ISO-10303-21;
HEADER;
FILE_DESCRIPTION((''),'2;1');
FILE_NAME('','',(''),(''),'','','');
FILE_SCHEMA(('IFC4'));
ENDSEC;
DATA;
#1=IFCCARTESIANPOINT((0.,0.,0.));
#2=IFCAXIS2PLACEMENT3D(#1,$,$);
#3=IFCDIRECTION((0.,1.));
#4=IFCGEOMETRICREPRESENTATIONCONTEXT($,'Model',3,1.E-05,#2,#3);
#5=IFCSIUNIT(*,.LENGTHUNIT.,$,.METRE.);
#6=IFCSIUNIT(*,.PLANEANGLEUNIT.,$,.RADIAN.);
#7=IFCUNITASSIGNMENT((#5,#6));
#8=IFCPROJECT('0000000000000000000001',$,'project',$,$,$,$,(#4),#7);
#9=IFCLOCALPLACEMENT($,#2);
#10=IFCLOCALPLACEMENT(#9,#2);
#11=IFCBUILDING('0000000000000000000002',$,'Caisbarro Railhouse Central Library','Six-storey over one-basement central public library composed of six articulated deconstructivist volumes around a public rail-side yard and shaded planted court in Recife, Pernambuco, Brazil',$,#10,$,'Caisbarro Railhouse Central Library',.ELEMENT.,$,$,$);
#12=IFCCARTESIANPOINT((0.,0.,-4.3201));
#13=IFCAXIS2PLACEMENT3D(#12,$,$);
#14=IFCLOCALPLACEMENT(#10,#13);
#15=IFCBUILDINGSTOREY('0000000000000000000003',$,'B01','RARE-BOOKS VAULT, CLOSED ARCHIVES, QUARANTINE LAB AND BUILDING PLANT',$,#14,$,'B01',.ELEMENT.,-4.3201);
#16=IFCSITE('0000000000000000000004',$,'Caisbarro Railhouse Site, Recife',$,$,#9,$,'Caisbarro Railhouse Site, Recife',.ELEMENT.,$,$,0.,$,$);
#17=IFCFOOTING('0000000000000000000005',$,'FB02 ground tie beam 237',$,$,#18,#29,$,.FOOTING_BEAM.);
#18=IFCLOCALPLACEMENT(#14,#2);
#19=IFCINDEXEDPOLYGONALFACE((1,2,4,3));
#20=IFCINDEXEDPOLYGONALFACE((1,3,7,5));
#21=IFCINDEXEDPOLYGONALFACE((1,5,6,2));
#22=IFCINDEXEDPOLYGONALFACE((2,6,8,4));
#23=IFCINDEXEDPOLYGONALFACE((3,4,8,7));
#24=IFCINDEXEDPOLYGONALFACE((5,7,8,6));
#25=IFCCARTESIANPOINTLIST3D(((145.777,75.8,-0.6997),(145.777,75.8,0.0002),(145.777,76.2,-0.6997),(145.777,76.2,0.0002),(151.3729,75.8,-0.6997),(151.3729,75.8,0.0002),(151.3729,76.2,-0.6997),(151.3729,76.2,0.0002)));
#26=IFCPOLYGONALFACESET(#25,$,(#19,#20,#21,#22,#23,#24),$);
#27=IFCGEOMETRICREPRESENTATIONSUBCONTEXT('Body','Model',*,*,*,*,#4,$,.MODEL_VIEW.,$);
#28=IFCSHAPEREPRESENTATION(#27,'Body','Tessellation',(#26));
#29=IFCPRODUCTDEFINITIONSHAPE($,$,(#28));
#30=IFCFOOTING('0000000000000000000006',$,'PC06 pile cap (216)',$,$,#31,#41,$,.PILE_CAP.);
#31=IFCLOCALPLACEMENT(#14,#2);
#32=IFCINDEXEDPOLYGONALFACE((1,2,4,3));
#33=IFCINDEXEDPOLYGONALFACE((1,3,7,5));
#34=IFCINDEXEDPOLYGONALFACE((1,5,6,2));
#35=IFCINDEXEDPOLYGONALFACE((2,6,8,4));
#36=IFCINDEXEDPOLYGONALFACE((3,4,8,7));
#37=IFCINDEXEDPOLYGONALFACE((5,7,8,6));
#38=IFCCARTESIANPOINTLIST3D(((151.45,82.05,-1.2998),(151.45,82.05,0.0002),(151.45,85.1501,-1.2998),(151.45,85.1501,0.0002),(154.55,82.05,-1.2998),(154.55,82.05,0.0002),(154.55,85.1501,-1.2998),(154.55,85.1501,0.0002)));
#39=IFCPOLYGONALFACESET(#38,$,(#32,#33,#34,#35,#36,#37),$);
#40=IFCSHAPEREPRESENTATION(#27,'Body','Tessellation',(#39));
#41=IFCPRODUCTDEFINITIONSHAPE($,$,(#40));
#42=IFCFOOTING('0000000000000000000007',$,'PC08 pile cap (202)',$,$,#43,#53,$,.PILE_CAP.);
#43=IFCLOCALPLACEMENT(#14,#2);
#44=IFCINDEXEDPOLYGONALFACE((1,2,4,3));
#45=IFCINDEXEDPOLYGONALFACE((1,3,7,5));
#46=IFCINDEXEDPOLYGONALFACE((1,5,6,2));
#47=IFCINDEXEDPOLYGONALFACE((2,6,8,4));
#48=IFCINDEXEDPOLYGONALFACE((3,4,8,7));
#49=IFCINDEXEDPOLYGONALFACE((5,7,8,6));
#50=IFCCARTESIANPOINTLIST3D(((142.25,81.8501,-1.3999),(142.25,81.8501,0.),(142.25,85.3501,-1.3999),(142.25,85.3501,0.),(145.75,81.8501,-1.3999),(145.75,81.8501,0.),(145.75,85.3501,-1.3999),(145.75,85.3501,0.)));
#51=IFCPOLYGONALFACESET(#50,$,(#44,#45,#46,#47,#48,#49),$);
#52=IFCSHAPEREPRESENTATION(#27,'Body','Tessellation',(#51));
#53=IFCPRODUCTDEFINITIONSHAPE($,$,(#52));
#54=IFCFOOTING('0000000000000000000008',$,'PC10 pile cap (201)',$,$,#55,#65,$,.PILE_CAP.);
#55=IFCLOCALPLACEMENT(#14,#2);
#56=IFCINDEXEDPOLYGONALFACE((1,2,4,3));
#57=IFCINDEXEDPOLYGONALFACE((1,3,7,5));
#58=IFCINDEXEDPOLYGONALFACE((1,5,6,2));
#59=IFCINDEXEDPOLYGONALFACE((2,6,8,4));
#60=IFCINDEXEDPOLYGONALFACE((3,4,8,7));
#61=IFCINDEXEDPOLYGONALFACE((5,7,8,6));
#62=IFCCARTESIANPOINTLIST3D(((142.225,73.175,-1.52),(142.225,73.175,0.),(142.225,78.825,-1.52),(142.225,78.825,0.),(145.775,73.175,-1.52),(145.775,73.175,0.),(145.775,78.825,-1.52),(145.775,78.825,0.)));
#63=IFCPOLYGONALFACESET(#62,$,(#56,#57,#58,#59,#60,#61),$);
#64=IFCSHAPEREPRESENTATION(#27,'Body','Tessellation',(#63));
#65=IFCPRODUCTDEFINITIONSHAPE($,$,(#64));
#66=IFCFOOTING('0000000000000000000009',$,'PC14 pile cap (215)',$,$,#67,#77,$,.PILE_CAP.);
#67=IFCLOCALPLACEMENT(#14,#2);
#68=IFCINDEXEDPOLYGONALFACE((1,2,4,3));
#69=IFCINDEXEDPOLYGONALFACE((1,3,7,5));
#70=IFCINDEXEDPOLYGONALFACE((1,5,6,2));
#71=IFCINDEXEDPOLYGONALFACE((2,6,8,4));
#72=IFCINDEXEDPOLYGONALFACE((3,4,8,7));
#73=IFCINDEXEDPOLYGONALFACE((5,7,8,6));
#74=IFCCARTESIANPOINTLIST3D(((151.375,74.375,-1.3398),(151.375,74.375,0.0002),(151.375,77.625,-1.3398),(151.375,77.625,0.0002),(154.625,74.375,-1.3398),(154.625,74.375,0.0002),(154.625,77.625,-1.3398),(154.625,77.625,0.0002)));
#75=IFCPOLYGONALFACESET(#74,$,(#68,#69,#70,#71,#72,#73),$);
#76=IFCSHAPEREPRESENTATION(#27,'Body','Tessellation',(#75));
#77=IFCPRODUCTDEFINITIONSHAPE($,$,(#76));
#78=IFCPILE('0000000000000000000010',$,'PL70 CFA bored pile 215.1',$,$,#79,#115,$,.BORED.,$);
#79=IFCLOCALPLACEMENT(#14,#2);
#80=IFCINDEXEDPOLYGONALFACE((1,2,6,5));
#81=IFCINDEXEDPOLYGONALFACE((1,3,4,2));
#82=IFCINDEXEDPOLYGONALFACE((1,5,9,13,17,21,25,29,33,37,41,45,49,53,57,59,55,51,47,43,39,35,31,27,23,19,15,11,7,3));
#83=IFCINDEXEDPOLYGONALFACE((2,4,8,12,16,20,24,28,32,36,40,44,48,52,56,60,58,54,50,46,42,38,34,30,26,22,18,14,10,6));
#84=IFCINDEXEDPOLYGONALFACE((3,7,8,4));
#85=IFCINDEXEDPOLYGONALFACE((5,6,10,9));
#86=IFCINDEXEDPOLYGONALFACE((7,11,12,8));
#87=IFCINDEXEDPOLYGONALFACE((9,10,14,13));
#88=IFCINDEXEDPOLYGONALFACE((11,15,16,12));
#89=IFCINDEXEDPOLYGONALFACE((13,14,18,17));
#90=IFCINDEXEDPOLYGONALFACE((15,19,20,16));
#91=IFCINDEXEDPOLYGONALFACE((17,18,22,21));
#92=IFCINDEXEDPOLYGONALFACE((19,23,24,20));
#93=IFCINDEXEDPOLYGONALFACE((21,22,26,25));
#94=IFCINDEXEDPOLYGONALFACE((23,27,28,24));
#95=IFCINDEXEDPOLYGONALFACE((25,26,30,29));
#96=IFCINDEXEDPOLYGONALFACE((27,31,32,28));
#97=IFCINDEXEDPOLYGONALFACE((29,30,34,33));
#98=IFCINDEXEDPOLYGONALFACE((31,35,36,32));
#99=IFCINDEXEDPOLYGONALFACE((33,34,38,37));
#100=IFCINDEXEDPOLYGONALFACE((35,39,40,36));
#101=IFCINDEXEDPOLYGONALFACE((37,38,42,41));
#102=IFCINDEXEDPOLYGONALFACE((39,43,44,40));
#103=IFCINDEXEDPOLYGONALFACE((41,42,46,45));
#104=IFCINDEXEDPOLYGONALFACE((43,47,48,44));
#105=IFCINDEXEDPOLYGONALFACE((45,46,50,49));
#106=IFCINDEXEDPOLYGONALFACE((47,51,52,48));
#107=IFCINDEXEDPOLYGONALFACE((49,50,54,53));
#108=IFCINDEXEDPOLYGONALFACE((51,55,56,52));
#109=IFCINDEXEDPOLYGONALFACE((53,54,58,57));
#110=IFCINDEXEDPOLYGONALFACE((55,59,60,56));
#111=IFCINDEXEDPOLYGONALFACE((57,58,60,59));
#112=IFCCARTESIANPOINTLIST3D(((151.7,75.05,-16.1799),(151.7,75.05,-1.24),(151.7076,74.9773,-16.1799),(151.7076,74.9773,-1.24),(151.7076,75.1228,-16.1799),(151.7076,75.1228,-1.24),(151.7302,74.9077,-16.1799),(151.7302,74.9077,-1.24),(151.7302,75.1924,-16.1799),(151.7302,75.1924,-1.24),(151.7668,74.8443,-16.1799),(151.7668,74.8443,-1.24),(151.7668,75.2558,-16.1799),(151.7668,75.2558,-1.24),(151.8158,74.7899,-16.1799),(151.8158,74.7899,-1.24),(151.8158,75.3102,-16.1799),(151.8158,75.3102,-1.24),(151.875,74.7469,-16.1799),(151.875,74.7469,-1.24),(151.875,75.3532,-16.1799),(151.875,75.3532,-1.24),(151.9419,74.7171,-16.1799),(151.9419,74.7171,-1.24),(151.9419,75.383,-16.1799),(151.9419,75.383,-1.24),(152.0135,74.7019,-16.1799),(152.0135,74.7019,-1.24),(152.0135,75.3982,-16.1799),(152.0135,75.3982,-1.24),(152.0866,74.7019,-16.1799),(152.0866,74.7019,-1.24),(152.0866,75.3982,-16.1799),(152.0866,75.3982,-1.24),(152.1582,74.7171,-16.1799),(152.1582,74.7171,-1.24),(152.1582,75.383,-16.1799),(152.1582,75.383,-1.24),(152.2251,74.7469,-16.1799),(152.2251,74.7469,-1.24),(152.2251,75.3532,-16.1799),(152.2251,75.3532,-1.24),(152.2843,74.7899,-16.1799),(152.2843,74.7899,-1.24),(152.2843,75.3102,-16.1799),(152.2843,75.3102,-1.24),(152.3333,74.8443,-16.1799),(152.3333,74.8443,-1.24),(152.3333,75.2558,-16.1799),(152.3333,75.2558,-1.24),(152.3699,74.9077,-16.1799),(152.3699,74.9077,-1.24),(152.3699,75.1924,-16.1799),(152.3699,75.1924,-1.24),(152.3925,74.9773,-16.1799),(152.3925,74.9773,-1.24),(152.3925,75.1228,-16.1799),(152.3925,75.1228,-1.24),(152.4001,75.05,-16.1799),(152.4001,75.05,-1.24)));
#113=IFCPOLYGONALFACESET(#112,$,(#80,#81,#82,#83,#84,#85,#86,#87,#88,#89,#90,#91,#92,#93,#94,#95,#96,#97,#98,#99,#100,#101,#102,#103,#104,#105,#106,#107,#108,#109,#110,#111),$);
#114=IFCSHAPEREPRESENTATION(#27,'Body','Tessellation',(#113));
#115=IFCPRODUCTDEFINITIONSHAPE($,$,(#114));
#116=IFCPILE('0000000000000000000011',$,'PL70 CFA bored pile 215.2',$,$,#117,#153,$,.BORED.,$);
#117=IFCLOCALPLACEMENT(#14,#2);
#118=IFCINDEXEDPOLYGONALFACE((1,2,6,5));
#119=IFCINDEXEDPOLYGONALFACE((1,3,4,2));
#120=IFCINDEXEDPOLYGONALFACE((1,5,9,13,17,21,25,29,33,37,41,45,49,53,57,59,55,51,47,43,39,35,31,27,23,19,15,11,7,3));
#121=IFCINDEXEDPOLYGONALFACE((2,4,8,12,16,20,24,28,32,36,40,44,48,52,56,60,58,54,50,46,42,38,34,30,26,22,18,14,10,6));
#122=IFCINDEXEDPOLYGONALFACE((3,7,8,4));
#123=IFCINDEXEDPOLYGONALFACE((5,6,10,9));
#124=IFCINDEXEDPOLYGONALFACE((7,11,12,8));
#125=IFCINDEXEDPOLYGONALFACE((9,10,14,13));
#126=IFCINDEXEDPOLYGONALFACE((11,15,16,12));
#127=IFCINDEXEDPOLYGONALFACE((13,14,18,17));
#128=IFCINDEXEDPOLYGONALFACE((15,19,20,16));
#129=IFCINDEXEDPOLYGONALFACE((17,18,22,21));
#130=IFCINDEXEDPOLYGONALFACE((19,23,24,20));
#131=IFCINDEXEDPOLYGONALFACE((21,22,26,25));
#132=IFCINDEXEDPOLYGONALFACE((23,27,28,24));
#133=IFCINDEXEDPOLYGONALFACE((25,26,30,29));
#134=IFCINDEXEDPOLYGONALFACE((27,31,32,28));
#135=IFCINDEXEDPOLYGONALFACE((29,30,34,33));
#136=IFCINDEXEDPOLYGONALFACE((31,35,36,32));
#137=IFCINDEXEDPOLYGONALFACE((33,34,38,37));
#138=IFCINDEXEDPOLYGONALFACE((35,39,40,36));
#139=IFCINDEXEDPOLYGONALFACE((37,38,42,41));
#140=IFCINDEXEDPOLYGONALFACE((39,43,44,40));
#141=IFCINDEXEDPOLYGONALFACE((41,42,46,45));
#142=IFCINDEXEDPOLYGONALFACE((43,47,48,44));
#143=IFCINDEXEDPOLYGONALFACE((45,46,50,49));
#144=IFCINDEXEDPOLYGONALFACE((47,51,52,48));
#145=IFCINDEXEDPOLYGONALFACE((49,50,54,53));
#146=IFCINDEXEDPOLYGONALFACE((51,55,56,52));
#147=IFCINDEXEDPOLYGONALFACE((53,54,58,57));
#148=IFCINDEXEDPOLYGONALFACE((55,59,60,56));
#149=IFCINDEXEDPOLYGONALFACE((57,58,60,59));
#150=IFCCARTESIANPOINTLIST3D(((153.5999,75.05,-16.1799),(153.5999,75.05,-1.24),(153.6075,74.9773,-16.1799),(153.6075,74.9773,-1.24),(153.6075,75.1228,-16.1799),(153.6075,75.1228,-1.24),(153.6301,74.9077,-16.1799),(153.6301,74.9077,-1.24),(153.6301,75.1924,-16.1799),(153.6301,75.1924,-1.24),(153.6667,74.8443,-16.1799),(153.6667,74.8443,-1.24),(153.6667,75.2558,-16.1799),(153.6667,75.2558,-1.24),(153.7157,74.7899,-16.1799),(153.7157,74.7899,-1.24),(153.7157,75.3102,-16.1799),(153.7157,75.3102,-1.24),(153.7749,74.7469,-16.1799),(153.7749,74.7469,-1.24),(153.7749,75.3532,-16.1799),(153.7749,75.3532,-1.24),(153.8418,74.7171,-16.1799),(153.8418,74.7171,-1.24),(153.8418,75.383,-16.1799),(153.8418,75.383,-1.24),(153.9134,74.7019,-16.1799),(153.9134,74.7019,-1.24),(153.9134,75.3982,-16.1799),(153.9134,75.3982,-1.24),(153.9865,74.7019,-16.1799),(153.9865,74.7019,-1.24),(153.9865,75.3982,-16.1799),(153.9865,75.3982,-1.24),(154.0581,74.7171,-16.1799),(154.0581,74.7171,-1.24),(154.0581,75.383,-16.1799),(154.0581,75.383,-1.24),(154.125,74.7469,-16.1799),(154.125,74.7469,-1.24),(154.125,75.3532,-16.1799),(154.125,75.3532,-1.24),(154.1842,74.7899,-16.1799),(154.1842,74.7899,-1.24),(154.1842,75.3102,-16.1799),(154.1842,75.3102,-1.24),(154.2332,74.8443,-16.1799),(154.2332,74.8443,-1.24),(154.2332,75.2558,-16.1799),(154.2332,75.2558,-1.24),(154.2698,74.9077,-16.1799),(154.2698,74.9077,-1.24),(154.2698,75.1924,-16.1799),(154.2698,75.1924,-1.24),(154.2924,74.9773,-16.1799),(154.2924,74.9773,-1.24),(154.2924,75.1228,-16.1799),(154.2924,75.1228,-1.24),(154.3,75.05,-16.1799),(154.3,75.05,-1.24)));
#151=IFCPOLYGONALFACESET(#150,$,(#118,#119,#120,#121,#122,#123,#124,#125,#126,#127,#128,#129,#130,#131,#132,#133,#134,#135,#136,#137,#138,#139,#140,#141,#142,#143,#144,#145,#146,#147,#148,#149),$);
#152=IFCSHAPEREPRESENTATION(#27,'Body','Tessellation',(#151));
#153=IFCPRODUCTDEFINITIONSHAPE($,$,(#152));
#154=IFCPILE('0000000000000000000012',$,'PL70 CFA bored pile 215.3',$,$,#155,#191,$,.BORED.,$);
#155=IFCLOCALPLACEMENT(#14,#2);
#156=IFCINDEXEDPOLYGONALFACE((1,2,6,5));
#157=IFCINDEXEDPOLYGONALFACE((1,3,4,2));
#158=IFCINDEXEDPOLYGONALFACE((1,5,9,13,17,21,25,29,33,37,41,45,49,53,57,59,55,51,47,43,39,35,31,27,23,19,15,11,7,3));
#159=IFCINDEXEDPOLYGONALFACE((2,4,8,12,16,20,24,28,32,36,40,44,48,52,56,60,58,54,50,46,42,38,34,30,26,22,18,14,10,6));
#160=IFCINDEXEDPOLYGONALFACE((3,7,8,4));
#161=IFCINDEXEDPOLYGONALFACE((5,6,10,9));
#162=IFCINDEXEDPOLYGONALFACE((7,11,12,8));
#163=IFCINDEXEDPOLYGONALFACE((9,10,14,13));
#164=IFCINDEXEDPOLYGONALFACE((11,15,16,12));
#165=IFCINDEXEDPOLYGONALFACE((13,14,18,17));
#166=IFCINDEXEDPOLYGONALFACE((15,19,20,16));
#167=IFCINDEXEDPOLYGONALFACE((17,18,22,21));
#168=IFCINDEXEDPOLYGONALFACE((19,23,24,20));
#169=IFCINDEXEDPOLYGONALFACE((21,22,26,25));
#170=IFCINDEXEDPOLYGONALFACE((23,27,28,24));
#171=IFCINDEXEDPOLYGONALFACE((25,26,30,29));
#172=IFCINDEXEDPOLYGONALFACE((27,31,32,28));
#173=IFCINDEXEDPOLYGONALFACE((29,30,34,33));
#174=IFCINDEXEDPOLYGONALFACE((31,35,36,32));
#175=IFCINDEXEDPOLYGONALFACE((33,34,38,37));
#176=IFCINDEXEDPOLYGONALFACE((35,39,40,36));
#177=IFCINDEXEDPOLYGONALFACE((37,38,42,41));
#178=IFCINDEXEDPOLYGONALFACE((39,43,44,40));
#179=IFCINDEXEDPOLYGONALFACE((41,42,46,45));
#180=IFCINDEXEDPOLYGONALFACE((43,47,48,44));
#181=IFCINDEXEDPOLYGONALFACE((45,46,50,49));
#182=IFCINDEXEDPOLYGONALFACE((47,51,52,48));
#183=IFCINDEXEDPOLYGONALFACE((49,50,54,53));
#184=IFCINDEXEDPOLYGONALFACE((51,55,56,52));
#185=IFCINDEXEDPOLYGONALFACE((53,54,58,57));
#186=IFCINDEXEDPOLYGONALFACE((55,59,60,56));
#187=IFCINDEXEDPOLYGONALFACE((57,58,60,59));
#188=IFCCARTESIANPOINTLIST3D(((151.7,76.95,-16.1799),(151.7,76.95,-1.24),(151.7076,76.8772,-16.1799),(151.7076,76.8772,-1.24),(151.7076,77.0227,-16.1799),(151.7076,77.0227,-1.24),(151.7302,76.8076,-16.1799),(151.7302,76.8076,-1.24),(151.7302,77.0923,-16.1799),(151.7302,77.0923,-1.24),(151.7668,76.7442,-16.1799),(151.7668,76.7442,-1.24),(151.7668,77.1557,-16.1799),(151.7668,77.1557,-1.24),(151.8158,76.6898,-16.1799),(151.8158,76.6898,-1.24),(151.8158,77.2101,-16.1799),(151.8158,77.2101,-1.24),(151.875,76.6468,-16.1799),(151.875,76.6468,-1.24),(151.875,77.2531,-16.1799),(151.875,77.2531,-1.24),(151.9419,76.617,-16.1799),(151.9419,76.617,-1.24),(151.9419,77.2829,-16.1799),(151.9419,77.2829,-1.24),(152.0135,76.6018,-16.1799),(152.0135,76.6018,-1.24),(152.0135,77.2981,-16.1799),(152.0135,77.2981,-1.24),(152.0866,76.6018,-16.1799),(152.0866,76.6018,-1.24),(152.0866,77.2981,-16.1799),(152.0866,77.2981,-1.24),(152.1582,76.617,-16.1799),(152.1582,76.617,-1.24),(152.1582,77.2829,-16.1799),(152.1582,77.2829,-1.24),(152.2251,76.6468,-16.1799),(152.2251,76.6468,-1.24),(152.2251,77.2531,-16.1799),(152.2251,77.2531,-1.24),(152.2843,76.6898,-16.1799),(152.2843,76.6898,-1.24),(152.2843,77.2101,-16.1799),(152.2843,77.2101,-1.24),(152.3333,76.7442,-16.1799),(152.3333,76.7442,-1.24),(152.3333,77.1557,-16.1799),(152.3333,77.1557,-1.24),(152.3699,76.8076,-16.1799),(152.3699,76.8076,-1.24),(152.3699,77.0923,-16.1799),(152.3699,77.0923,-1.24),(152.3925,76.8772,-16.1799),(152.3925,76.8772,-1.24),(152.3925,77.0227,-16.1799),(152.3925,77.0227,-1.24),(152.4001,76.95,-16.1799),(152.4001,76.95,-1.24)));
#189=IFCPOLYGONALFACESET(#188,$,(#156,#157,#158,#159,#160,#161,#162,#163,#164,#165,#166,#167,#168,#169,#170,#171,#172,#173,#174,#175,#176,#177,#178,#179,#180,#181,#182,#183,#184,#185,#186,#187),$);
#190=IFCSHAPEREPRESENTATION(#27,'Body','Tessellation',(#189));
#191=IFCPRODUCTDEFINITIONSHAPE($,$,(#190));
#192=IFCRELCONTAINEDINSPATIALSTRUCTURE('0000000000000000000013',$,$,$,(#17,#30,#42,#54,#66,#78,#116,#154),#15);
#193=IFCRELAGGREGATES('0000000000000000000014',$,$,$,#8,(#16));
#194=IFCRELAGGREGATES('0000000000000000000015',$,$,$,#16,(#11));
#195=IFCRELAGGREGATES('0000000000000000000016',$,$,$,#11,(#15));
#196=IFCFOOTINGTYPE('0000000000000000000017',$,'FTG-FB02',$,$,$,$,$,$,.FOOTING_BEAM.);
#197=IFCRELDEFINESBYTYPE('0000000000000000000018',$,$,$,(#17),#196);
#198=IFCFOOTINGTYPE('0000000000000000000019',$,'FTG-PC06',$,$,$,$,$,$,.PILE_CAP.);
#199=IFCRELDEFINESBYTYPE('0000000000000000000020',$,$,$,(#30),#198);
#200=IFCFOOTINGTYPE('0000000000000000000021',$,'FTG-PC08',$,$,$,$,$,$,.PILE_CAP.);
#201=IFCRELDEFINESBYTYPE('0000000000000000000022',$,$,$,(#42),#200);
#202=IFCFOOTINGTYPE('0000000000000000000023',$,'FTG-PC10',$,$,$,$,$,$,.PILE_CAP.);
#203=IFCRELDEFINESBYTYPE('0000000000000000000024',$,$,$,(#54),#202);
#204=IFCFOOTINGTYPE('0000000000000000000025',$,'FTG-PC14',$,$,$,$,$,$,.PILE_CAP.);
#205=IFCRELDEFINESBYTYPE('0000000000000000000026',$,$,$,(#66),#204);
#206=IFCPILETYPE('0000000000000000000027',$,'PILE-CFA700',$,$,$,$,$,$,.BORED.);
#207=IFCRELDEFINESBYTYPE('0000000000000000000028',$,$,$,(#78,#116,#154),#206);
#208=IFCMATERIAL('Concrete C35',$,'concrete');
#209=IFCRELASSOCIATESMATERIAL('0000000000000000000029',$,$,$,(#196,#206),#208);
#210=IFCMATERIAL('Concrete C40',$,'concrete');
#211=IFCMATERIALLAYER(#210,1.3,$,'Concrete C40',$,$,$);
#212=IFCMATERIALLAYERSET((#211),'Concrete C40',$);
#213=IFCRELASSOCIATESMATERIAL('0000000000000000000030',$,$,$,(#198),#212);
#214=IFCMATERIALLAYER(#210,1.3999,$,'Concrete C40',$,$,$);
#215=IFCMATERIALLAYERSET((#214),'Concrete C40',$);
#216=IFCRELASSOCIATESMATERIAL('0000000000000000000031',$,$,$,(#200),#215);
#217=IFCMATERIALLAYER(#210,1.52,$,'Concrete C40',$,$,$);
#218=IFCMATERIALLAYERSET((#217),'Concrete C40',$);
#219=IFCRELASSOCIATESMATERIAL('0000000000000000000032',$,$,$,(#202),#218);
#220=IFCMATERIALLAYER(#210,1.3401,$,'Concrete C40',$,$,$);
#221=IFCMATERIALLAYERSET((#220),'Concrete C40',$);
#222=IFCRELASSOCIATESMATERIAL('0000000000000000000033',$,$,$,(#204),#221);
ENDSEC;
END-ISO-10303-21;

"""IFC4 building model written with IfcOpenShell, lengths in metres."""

from ifc_helpers import new_model, si_unit, direction, frame, origin, origin_2d, place, context, subcontext, project, spatial, rectangle, circle, extrude, material, layer, layer_set, material_profile, profile_set, type_object, element, save


model = new_model("IFC4")

# Units and contexts
model_context = context("Model", 3, precision=1e-05, world=origin(), true_north=direction((0.0, 1.0)))
body_context = subcontext(model_context, "Body", "Model", "MODEL_VIEW")
ifc_project = project(units=[si_unit("LENGTHUNIT", "METRE"), si_unit("PLANEANGLEUNIT", "RADIAN")], contexts=[model_context])

# Site, building, storey
site_placement = place(None, origin())
site = spatial("IfcSite", under=ifc_project, at=site_placement, Name="Caisbarro Railhouse Site, Recife", LongName="Caisbarro Railhouse Site, Recife", CompositionType="ELEMENT", RefElevation=0.0)
building_placement = place(site_placement, origin())
building = spatial("IfcBuilding", under=site, at=building_placement, Name="Caisbarro Railhouse Central Library", Description="Six-storey over one-basement central public library composed of six articulated deconstructivist volumes around a public rail-side yard and shaded planted court in Recife, Pernambuco, Brazil", LongName="Caisbarro Railhouse Central Library", CompositionType="ELEMENT")
storey_placement = place(building_placement, frame((0.0, 0.0, -4.3201)))
storey = spatial("IfcBuildingStorey", under=building, at=storey_placement, Name="B01", Description="RARE-BOOKS VAULT, CLOSED ARCHIVES, QUARANTINE LAB AND BUILDING PLANT", LongName="B01", CompositionType="ELEMENT", Elevation=-4.3201)

# Footings
ifc_material_1 = material(Name="Concrete C35", Category="concrete")
footing_type_1 = type_object("IfcFootingType", Name="FTG-FB02", PredefinedType="FOOTING_BEAM", material=ifc_material_1)
footing_1_placement = place(storey_placement, frame((148.575, 76.0, -0.6997), z_axis=(0.0, 0.0, 1.0), x_axis=(1.0, 0.0, 0.0)))
element("IfcFooting", 1, at=footing_1_placement, inside=storey, type_object=footing_type_1, Name="FB02 ground tie beam 237", PredefinedType="FOOTING_BEAM", context=body_context, shape_type="SweptSolid", body=[
    extrude(rectangle(XDim=5.5959, YDim=0.3999, at=origin_2d()), origin(), (0.0, 0.0, 1.0), 0.7),
])
ifc_material_2 = material(Name="Concrete C40", Category="concrete")
ifc_layer_1 = layer(ifc_material_2, 1.3, Name="Concrete C40")
ifc_layer_set_1 = layer_set([ifc_layer_1], Name="Concrete C40")
footing_type_2 = type_object("IfcFootingType", Name="FTG-PC06", PredefinedType="PILE_CAP", material=ifc_layer_set_1)
footing_2_placement = place(storey_placement, frame((153.0, 83.6001, -1.2998), z_axis=(0.0, 0.0, 1.0), x_axis=(1.0, 0.0, 0.0)))
element("IfcFooting", 2, at=footing_2_placement, inside=storey, type_object=footing_type_2, Name="PC06 pile cap (216)", PredefinedType="PILE_CAP", context=body_context, shape_type="SweptSolid", body=[
    extrude(rectangle(XDim=3.1001, YDim=3.1001, at=origin_2d()), origin(), (0.0, 0.0, 1.0), 1.3),
])
ifc_layer_2 = layer(ifc_material_2, 1.3999, Name="Concrete C40")
ifc_layer_set_2 = layer_set([ifc_layer_2], Name="Concrete C40")
footing_type_3 = type_object("IfcFootingType", Name="FTG-PC08", PredefinedType="PILE_CAP", material=ifc_layer_set_2)
footing_3_placement = place(storey_placement, frame((144.0, 83.6001, -1.3999), z_axis=(0.0, 0.0, 1.0), x_axis=(1.0, 0.0, 0.0)))
element("IfcFooting", 3, at=footing_3_placement, inside=storey, type_object=footing_type_3, Name="PC08 pile cap (202)", PredefinedType="PILE_CAP", context=body_context, shape_type="SweptSolid", body=[
    extrude(rectangle(XDim=3.5, YDim=3.5, at=origin_2d()), origin(), (0.0, 0.0, 1.0), 1.3999),
])
ifc_layer_3 = layer(ifc_material_2, 1.52, Name="Concrete C40")
ifc_layer_set_3 = layer_set([ifc_layer_3], Name="Concrete C40")
footing_type_4 = type_object("IfcFootingType", Name="FTG-PC10", PredefinedType="PILE_CAP", material=ifc_layer_set_3)
footing_4_placement = place(storey_placement, frame((144.0, 76.0, -1.52), z_axis=(0.0, 0.0, 1.0), x_axis=(1.0, 0.0, 0.0)))
element("IfcFooting", 4, at=footing_4_placement, inside=storey, type_object=footing_type_4, Name="PC10 pile cap (201)", PredefinedType="PILE_CAP", context=body_context, shape_type="SweptSolid", body=[
    extrude(rectangle(XDim=3.55, YDim=5.6499, at=origin_2d()), origin(), (0.0, 0.0, 1.0), 1.52),
])
ifc_layer_4 = layer(ifc_material_2, 1.3401, Name="Concrete C40")
ifc_layer_set_4 = layer_set([ifc_layer_4], Name="Concrete C40")
footing_type_5 = type_object("IfcFootingType", Name="FTG-PC14", PredefinedType="PILE_CAP", material=ifc_layer_set_4)
footing_5_placement = place(storey_placement, frame((153.0, 76.0, -1.3398), z_axis=(0.0, 0.0, 1.0), x_axis=(1.0, 0.0, 0.0)))
element("IfcFooting", 5, at=footing_5_placement, inside=storey, type_object=footing_type_5, Name="PC14 pile cap (215)", PredefinedType="PILE_CAP", context=body_context, shape_type="SweptSolid", body=[
    extrude(rectangle(XDim=3.25, YDim=3.25, at=origin_2d()), origin(), (0.0, 0.0, 1.0), 1.3401),
])

# Piles
ifc_material_profile_1 = material_profile(ifc_material_1, circle(Radius=0.3501, at=origin_2d()), Name="PILE-CFA-700")
ifc_profile_set_1 = profile_set([ifc_material_profile_1], Name="Concrete C35")
pile_type_1 = type_object("IfcPileType", Name="PILE-CFA700", PredefinedType="BORED", material=ifc_profile_set_1)
for number, where, z_axis, x_axis, name in (
    (6, (152.05, 75.05, -1.24), (0.0, 0.0, -1.0), (1.0, 0.0, 0.0), "PL70 CFA bored pile 215.1"),
    (7, (153.95, 75.05, -1.24), (0.0, 0.0, -1.0), (1.0, 0.0, 0.0), "PL70 CFA bored pile 215.2"),
    (8, (152.05, 76.95, -1.24), (0.0, 0.0, -1.0), (1.0, 0.0, 0.0), "PL70 CFA bored pile 215.3"),
):
    element("IfcPile", number, at=place(storey_placement, frame(where, z_axis=z_axis, x_axis=x_axis)), inside=storey, type_object=pile_type_1, Name=name, PredefinedType="BORED", context=body_context, shape_type="SweptSolid", body=[
        extrude(circle(Radius=0.3501, at=origin_2d()), origin(), (0.0, 0.0, 1.0), 14.9399),
    ])

save(model, "model.ifc")
